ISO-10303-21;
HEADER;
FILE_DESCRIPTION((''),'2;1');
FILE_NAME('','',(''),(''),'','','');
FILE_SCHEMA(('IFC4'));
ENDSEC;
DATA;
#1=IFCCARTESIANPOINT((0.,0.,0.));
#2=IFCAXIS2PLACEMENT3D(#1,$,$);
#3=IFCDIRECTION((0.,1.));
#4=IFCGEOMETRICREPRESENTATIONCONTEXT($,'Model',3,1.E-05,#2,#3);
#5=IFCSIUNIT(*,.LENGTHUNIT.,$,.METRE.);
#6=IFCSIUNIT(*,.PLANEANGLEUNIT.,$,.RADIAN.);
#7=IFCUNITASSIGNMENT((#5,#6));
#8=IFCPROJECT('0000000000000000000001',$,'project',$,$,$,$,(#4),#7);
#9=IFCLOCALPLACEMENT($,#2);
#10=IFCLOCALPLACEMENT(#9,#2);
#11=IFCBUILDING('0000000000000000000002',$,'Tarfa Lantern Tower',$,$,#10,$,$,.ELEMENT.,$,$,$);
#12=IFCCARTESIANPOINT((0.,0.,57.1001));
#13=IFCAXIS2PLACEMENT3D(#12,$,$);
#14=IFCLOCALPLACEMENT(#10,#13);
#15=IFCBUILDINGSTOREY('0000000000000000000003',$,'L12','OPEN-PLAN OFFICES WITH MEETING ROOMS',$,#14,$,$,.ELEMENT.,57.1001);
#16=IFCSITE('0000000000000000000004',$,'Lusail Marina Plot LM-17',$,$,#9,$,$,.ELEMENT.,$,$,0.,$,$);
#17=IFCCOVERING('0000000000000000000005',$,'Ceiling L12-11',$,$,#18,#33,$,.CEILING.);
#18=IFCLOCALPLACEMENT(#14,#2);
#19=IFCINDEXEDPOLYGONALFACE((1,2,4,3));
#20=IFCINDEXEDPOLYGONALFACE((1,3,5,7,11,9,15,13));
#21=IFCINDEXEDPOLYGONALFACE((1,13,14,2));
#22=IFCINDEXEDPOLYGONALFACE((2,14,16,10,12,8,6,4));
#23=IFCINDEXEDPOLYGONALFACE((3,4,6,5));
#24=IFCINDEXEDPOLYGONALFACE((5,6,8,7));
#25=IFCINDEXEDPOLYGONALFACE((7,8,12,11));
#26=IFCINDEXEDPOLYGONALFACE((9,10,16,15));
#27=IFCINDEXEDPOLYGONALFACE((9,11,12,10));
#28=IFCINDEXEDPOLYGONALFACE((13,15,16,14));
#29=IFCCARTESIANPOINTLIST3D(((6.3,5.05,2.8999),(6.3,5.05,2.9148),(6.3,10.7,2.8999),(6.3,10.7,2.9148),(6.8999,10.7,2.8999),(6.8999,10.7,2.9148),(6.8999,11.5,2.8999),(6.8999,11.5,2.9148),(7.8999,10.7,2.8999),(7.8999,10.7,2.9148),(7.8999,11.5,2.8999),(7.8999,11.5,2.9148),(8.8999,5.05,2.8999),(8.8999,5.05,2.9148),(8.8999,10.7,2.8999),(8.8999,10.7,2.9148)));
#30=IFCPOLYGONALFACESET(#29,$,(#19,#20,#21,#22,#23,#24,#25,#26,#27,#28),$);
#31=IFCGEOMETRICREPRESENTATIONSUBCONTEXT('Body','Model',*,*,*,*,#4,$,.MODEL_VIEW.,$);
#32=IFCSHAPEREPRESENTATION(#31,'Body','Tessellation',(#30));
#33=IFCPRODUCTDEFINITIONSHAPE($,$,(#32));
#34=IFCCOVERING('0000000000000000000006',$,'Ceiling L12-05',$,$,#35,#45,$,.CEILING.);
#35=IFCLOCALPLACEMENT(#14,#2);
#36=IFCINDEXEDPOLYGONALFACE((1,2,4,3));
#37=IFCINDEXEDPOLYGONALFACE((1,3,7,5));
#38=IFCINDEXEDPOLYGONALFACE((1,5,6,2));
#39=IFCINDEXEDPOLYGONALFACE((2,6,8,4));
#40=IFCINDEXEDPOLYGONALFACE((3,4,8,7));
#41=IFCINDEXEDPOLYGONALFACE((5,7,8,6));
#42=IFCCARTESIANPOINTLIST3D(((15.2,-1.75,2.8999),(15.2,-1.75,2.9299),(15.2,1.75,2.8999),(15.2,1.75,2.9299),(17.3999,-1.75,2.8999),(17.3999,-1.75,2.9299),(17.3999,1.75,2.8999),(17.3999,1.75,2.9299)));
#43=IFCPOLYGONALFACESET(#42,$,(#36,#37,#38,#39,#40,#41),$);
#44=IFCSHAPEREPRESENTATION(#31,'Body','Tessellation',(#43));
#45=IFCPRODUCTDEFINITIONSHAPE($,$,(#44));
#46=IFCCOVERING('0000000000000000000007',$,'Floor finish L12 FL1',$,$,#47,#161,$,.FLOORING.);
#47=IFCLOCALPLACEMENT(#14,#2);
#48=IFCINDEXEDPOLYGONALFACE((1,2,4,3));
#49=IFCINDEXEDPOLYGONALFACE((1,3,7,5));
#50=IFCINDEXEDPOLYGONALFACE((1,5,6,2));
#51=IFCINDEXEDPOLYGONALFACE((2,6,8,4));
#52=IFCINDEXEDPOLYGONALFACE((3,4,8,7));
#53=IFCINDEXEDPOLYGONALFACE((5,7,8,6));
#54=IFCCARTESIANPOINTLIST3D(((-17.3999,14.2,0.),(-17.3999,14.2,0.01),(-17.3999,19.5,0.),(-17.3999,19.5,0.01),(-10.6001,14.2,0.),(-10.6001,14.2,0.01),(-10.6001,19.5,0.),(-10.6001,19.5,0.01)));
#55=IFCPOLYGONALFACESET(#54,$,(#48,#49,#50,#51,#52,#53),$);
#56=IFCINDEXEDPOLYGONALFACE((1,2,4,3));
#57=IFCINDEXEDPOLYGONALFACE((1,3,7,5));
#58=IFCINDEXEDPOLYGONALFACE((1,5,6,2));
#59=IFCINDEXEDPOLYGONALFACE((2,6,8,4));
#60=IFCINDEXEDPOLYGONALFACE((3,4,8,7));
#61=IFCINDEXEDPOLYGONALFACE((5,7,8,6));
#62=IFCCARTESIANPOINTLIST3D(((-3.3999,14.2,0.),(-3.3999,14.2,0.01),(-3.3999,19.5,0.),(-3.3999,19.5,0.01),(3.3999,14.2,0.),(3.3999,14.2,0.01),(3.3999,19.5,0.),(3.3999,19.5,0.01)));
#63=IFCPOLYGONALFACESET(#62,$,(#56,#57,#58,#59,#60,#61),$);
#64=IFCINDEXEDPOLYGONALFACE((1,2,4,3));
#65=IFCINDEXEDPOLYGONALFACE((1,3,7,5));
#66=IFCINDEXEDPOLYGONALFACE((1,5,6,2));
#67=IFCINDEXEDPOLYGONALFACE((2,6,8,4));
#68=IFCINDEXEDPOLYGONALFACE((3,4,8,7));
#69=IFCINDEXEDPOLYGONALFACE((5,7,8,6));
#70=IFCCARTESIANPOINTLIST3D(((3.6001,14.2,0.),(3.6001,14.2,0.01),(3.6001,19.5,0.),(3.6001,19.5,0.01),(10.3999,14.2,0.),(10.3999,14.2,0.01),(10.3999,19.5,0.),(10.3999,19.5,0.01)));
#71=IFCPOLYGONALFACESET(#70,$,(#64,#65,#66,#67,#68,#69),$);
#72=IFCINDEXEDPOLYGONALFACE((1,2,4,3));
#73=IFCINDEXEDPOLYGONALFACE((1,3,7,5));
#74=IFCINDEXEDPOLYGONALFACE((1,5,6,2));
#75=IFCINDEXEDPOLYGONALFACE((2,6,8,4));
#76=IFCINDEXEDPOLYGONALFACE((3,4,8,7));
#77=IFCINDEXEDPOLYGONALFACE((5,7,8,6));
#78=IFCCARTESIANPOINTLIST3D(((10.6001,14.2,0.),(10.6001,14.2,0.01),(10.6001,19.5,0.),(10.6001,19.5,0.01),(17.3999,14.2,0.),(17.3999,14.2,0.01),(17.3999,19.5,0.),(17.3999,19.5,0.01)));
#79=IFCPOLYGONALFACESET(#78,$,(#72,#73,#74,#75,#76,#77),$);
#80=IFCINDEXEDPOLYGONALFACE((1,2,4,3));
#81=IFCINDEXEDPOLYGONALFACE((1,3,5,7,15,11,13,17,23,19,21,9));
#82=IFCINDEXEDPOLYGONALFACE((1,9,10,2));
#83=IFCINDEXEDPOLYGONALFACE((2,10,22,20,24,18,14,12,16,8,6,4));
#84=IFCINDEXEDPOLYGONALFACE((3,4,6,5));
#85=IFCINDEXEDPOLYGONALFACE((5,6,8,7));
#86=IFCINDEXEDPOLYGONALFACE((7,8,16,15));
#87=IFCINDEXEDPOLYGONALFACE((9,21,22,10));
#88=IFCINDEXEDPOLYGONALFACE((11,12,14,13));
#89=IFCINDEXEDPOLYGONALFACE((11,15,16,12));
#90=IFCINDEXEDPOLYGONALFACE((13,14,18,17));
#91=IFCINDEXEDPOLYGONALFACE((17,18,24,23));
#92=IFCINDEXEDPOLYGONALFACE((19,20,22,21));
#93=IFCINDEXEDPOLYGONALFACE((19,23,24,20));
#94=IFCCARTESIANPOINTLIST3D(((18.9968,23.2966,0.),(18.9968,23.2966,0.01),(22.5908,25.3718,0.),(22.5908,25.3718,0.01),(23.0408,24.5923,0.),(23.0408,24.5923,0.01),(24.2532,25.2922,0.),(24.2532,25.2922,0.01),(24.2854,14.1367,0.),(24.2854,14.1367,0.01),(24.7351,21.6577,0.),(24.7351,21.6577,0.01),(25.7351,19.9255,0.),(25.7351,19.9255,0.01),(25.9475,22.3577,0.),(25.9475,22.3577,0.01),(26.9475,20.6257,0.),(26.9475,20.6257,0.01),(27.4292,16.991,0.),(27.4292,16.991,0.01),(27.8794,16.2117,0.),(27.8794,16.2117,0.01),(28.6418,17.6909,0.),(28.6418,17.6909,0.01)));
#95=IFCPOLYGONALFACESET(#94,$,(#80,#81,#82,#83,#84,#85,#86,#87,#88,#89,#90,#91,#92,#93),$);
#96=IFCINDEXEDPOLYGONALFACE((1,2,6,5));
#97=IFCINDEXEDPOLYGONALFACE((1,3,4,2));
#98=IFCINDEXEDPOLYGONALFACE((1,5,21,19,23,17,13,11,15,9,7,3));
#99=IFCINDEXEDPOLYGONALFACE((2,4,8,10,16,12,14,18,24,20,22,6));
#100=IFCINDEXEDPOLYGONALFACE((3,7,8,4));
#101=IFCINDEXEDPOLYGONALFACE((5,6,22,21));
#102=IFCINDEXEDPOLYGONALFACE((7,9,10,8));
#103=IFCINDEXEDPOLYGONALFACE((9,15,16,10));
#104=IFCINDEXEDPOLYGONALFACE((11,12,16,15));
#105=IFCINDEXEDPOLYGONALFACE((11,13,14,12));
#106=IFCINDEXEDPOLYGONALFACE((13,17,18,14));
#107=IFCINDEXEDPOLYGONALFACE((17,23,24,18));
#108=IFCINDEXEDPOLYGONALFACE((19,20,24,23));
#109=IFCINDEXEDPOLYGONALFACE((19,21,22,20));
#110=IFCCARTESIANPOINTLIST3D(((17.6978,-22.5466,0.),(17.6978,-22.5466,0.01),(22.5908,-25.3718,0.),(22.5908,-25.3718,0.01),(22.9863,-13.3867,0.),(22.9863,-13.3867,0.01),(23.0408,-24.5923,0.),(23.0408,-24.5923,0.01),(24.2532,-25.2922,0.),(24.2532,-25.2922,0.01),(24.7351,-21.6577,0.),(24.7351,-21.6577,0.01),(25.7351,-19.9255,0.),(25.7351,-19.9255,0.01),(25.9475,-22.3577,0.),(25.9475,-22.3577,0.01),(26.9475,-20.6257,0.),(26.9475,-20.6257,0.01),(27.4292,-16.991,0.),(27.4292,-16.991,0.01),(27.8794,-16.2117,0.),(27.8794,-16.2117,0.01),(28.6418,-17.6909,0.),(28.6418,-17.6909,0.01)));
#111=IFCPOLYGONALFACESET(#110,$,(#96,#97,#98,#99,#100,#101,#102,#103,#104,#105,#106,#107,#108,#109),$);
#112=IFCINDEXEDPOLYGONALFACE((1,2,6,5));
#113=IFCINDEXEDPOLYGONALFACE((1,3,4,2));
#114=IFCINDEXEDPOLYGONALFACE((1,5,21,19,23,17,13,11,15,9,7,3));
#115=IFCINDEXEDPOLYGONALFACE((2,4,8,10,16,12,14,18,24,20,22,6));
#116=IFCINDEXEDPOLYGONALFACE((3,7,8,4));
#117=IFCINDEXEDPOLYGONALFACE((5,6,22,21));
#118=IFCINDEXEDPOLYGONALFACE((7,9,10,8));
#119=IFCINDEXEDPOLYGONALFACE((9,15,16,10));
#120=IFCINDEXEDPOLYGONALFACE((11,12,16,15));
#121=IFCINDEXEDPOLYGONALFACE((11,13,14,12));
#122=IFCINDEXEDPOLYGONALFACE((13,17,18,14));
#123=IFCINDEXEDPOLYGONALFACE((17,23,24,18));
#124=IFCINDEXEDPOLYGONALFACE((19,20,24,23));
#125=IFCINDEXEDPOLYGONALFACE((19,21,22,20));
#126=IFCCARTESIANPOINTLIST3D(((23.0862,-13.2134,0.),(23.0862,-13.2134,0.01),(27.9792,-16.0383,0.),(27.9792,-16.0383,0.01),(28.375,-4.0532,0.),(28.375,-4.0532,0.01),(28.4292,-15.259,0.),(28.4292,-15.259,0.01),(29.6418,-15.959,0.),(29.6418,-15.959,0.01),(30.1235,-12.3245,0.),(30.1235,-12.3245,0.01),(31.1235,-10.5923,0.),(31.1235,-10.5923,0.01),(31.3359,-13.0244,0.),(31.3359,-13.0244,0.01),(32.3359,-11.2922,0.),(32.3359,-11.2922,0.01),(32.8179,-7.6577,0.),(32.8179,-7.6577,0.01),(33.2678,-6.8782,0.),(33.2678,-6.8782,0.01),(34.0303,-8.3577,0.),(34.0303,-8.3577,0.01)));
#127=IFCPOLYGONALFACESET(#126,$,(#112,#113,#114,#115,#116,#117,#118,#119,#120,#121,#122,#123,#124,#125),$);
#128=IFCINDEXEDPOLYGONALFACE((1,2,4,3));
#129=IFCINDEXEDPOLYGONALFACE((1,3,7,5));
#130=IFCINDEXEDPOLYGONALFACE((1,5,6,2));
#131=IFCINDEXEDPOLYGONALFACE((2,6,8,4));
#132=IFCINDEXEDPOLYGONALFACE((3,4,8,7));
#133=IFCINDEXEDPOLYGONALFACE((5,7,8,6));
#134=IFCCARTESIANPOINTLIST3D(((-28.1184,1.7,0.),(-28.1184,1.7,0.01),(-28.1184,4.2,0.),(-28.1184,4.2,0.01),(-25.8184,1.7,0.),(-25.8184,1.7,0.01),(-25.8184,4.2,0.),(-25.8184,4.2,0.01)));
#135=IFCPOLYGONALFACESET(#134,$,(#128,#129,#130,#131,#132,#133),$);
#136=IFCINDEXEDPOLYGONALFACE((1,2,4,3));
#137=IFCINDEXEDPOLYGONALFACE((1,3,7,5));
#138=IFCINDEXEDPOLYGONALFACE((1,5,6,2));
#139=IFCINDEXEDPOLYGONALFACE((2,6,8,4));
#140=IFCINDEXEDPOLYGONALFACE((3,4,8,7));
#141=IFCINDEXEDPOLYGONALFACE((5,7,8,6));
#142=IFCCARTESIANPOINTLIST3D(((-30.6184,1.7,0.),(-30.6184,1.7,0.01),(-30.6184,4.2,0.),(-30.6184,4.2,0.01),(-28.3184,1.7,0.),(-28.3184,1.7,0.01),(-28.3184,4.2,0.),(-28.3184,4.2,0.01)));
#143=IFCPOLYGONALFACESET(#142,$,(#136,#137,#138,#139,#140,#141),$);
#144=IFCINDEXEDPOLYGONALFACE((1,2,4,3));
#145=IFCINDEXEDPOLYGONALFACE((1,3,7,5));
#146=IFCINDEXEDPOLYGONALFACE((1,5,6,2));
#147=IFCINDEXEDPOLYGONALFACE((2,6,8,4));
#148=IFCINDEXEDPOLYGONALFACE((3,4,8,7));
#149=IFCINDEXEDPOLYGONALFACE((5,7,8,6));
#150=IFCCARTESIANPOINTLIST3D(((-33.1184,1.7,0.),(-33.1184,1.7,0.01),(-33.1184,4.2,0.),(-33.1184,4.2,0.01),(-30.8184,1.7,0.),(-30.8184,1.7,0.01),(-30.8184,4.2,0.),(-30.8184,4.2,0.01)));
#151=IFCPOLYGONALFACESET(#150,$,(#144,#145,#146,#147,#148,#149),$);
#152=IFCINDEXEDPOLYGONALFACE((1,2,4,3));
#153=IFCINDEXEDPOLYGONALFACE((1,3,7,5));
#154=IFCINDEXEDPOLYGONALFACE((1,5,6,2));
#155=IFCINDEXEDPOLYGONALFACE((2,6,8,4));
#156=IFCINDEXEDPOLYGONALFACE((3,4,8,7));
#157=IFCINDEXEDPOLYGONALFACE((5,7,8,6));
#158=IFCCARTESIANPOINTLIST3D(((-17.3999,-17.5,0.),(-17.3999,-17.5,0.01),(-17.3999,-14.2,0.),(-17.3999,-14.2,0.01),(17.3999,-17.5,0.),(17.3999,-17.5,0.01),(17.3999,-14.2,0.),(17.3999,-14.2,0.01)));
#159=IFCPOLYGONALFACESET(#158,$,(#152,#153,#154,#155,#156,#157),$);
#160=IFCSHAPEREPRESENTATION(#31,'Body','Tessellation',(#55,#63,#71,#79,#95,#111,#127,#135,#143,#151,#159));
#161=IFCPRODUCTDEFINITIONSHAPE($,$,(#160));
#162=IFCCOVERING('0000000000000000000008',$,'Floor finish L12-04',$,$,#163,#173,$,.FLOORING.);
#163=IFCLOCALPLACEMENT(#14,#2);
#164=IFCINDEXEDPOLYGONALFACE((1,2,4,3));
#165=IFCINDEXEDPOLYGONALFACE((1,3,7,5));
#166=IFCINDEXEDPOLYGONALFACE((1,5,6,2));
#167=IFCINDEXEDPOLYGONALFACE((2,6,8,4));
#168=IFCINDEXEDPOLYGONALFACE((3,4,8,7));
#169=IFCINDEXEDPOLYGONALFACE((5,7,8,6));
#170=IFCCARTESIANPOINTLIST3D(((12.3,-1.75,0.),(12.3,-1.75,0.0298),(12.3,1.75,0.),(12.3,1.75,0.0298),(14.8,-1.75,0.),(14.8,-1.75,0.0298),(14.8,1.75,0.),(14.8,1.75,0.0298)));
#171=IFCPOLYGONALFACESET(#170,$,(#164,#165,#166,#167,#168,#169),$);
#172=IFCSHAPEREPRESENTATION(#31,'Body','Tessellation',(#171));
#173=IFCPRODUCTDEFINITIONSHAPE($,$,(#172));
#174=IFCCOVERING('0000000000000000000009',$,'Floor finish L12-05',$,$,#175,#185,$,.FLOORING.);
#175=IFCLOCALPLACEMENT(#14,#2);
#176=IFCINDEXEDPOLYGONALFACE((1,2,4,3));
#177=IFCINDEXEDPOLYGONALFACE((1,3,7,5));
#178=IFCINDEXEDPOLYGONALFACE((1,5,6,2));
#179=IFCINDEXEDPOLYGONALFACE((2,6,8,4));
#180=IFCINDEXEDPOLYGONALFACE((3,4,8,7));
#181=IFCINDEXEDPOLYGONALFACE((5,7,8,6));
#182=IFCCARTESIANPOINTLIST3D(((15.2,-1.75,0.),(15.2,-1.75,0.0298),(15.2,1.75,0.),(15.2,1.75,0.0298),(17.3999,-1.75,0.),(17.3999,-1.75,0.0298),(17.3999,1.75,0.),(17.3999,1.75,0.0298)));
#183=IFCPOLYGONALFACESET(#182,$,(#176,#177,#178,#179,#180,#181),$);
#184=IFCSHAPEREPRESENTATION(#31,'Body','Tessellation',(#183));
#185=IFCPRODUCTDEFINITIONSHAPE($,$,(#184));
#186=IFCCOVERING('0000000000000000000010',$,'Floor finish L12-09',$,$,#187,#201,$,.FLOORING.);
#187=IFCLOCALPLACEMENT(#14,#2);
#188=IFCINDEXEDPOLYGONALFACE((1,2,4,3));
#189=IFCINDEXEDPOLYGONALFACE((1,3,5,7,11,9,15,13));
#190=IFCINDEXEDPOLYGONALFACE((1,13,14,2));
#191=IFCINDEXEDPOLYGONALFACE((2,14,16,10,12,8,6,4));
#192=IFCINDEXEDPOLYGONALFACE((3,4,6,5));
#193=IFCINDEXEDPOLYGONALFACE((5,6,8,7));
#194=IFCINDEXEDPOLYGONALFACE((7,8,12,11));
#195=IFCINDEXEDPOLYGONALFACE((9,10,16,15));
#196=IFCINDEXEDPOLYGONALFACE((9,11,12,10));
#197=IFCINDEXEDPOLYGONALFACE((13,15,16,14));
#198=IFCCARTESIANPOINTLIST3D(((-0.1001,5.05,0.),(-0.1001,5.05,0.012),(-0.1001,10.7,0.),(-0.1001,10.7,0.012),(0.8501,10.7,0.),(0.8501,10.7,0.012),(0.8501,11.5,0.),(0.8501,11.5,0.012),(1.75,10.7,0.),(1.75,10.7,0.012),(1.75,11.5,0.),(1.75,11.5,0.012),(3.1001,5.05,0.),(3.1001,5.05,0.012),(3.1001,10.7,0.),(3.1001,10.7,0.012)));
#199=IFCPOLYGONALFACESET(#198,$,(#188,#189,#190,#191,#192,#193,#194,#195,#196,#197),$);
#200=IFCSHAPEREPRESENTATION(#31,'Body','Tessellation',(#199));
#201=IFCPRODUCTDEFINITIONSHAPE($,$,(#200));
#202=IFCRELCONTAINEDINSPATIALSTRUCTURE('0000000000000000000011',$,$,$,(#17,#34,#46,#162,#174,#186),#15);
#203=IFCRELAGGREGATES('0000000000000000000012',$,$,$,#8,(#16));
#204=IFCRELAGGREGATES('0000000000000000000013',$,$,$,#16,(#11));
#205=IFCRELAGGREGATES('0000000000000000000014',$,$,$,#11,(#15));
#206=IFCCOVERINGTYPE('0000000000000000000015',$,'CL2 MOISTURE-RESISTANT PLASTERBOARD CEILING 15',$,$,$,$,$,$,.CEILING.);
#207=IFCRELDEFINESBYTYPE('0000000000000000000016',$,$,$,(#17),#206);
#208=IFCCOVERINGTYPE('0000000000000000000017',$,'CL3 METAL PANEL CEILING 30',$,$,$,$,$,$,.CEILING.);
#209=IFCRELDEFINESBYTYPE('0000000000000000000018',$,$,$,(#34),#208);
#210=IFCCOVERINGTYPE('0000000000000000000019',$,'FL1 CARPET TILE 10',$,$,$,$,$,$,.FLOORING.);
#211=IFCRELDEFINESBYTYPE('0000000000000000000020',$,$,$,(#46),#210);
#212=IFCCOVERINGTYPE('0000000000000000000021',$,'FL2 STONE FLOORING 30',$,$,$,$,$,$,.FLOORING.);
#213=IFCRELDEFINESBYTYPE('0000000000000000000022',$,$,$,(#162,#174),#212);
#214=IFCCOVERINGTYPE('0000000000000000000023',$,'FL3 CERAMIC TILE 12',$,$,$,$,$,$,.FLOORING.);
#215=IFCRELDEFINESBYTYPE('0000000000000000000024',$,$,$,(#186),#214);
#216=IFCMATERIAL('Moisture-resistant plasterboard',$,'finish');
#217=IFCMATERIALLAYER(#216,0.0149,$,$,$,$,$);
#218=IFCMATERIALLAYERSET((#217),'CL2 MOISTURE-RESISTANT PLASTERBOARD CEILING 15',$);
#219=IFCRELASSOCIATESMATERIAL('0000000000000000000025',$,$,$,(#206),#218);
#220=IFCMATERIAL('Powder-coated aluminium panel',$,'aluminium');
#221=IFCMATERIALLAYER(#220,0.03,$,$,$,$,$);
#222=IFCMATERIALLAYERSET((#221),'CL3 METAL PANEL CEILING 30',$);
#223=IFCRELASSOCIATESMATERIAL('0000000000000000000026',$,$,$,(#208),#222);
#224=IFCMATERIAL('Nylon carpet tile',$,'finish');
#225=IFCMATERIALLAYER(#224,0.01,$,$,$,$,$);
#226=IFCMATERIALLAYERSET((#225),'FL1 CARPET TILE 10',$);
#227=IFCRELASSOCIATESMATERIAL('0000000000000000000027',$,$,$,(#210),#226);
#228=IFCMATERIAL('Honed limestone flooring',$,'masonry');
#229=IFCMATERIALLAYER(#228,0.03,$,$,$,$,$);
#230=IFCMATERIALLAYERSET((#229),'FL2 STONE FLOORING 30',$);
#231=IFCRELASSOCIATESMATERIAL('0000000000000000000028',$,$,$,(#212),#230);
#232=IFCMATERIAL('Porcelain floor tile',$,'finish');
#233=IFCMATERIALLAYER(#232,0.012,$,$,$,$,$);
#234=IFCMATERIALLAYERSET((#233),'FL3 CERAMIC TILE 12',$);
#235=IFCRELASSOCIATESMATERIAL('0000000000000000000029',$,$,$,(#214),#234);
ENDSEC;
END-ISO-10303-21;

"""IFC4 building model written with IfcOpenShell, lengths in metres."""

from ifc_helpers import new_model, si_unit, direction, frame, origin, place, context, subcontext, project, spatial, polyline, outline, extrude, material, layer, layer_set, type_object, element, save


model = new_model("IFC4")

# Units and contexts
model_context = context("Model", 3, precision=1e-05, world=origin(), true_north=direction((0.0, 1.0)))
body_context = subcontext(model_context, "Body", "Model", "MODEL_VIEW")
ifc_project = project(units=[si_unit("LENGTHUNIT", "METRE"), si_unit("PLANEANGLEUNIT", "RADIAN")], contexts=[model_context])

# Site, building, storey
site_placement = place(None, origin())
site = spatial("IfcSite", under=ifc_project, at=site_placement, Name="Lusail Marina Plot LM-17", CompositionType="ELEMENT", RefElevation=0.0)
building_placement = place(site_placement, origin())
building = spatial("IfcBuilding", under=site, at=building_placement, Name="Tarfa Lantern Tower", CompositionType="ELEMENT")
storey_placement = place(building_placement, frame((0.0, 0.0, 57.1001)))
storey = spatial("IfcBuildingStorey", under=building, at=storey_placement, Name="L12", Description="OPEN-PLAN OFFICES WITH MEETING ROOMS", CompositionType="ELEMENT", Elevation=57.1001)

# Coverings
ifc_material_1 = material(Name="Moisture-resistant plasterboard", Category="finish")
ifc_layer_1 = layer(ifc_material_1, 0.0149)
ifc_layer_set_1 = layer_set([ifc_layer_1], Name="CL2 MOISTURE-RESISTANT PLASTERBOARD CEILING 15")
covering_type_1 = type_object("IfcCoveringType", Name="CL2 MOISTURE-RESISTANT PLASTERBOARD CEILING 15", PredefinedType="CEILING", material=ifc_layer_set_1)
covering_1_placement = place(storey_placement, frame((0.0, 0.0, 2.8999)))
element("IfcCovering", 1, at=covering_1_placement, inside=storey, type_object=covering_type_1, Name="Ceiling L12-11", PredefinedType="CEILING", context=body_context, shape_type="SweptSolid", body=[
    extrude(outline(polyline([(6.3, 5.05), (8.8999, 5.05), (8.8999, 10.7), (7.8999, 10.7), (7.8999, 11.5), (6.8999, 11.5), (6.8999, 10.7), (6.3, 10.7), (6.3, 5.05)])), origin(), (0.0, 0.0, 1.0), 0.0149),
])
ifc_material_2 = material(Name="Powder-coated aluminium panel", Category="aluminium")
ifc_layer_2 = layer(ifc_material_2, 0.03)
ifc_layer_set_2 = layer_set([ifc_layer_2], Name="CL3 METAL PANEL CEILING 30")
covering_type_2 = type_object("IfcCoveringType", Name="CL3 METAL PANEL CEILING 30", PredefinedType="CEILING", material=ifc_layer_set_2)
covering_2_placement = place(storey_placement, frame((0.0, 0.0, 2.8999)))
element("IfcCovering", 2, at=covering_2_placement, inside=storey, type_object=covering_type_2, Name="Ceiling L12-05", PredefinedType="CEILING", context=body_context, shape_type="SweptSolid", body=[
    extrude(outline(polyline([(15.2, -1.75), (17.3999, -1.75), (17.3999, 1.75), (15.2, 1.75), (15.2, -1.75)])), origin(), (0.0, 0.0, 1.0), 0.03),
])
ifc_material_3 = material(Name="Nylon carpet tile", Category="finish")
ifc_layer_3 = layer(ifc_material_3, 0.01)
ifc_layer_set_3 = layer_set([ifc_layer_3], Name="FL1 CARPET TILE 10")
covering_type_3 = type_object("IfcCoveringType", Name="FL1 CARPET TILE 10", PredefinedType="FLOORING", material=ifc_layer_set_3)
covering_3_placement = place(storey_placement, origin())
element("IfcCovering", 3, at=covering_3_placement, inside=storey, type_object=covering_type_3, Name="Floor finish L12 FL1", PredefinedType="FLOORING", context=body_context, shape_type="SweptSolid", body=[
    extrude(outline(polyline([(-17.3999, 19.5), (-10.6001, 19.5), (-10.6001, 14.2), (-17.3999, 14.2), (-17.3999, 19.5)])), origin(), (0.0, 0.0, 1.0), 0.01),
    extrude(outline(polyline([(-3.3999, 19.5), (3.3999, 19.5), (3.3999, 14.2), (-3.3999, 14.2), (-3.3999, 19.5)])), origin(), (0.0, 0.0, 1.0), 0.01),
    extrude(outline(polyline([(3.6001, 19.5), (10.3999, 19.5), (10.3999, 14.2), (3.6001, 14.2), (3.6001, 19.5)])), origin(), (0.0, 0.0, 1.0), 0.01),
    extrude(outline(polyline([(10.6001, 19.5), (17.3999, 19.5), (17.3999, 14.2), (10.6001, 14.2), (10.6001, 19.5)])), origin(), (0.0, 0.0, 1.0), 0.01),
    extrude(outline(polyline([(18.9968, 23.2966), (22.5908, 25.3718), (23.0408, 24.5923), (24.2532, 25.2922), (25.9475, 22.3577), (24.7351, 21.6577), (25.7351, 19.9255), (26.9475, 20.6257), (28.6418, 17.6909), (27.4292, 16.991), (27.8794, 16.2117), (24.2854, 14.1367), (18.9968, 23.2966)])), origin(), (0.0, 0.0, 1.0), 0.01),
    extrude(outline(polyline([(22.9863, -13.3867), (27.8794, -16.2117), (27.4292, -16.991), (28.6418, -17.6909), (26.9475, -20.6257), (25.7351, -19.9255), (24.7351, -21.6577), (25.9475, -22.3577), (24.2532, -25.2922), (23.0408, -24.5923), (22.5908, -25.3718), (17.6978, -22.5466), (22.9863, -13.3867)])), origin(), (0.0, 0.0, 1.0), 0.01),
    extrude(outline(polyline([(28.375, -4.0532), (33.2678, -6.8782), (32.8179, -7.6577), (34.0303, -8.3577), (32.3359, -11.2922), (31.1235, -10.5923), (30.1235, -12.3245), (31.3359, -13.0244), (29.6418, -15.959), (28.4292, -15.259), (27.9792, -16.0383), (23.0862, -13.2134), (28.375, -4.0532)])), origin(), (0.0, 0.0, 1.0), 0.01),
    extrude(outline(polyline([(-28.1184, 4.2), (-25.8184, 4.2), (-25.8184, 1.7), (-28.1184, 1.7), (-28.1184, 4.2)])), origin(), (0.0, 0.0, 1.0), 0.01),
    extrude(outline(polyline([(-30.6184, 4.2), (-28.3184, 4.2), (-28.3184, 1.7), (-30.6184, 1.7), (-30.6184, 4.2)])), origin(), (0.0, 0.0, 1.0), 0.01),
    extrude(outline(polyline([(-33.1184, 4.2), (-30.8184, 4.2), (-30.8184, 1.7), (-33.1184, 1.7), (-33.1184, 4.2)])), origin(), (0.0, 0.0, 1.0), 0.01),
    extrude(outline(polyline([(-17.3999, -14.2), (17.3999, -14.2), (17.3999, -17.5), (-17.3999, -17.5), (-17.3999, -14.2)])), origin(), (0.0, 0.0, 1.0), 0.01),
])
ifc_material_4 = material(Name="Honed limestone flooring", Category="masonry")
ifc_layer_4 = layer(ifc_material_4, 0.03)
ifc_layer_set_4 = layer_set([ifc_layer_4], Name="FL2 STONE FLOORING 30")
covering_type_4 = type_object("IfcCoveringType", Name="FL2 STONE FLOORING 30", PredefinedType="FLOORING", material=ifc_layer_set_4)
covering_4_placement = place(storey_placement, origin())
element("IfcCovering", 4, at=covering_4_placement, inside=storey, type_object=covering_type_4, Name="Floor finish L12-04", PredefinedType="FLOORING", context=body_context, shape_type="SweptSolid", body=[
    extrude(outline(polyline([(12.3, -1.75), (14.8, -1.75), (14.8, 1.75), (12.3, 1.75), (12.3, -1.75)])), origin(), (0.0, 0.0, 1.0), 0.0298),
])
covering_5_placement = place(storey_placement, origin())
element("IfcCovering", 5, at=covering_5_placement, inside=storey, type_object=covering_type_4, Name="Floor finish L12-05", PredefinedType="FLOORING", context=body_context, shape_type="SweptSolid", body=[
    extrude(outline(polyline([(15.2, -1.75), (17.3999, -1.75), (17.3999, 1.75), (15.2, 1.75), (15.2, -1.75)])), origin(), (0.0, 0.0, 1.0), 0.0298),
])
ifc_material_5 = material(Name="Porcelain floor tile", Category="finish")
ifc_layer_5 = layer(ifc_material_5, 0.012)
ifc_layer_set_5 = layer_set([ifc_layer_5], Name="FL3 CERAMIC TILE 12")
covering_type_5 = type_object("IfcCoveringType", Name="FL3 CERAMIC TILE 12", PredefinedType="FLOORING", material=ifc_layer_set_5)
covering_6_placement = place(storey_placement, origin())
element("IfcCovering", 6, at=covering_6_placement, inside=storey, type_object=covering_type_5, Name="Floor finish L12-09", PredefinedType="FLOORING", context=body_context, shape_type="SweptSolid", body=[
    extrude(outline(polyline([(0.8501, 10.7), (-0.1001, 10.7), (-0.1001, 5.05), (3.1001, 5.05), (3.1001, 10.7), (1.75, 10.7), (1.75, 11.5), (0.8501, 11.5), (0.8501, 10.7)])), origin(), (0.0, 0.0, 1.0), 0.012),
])

save(model, "model.ifc")
